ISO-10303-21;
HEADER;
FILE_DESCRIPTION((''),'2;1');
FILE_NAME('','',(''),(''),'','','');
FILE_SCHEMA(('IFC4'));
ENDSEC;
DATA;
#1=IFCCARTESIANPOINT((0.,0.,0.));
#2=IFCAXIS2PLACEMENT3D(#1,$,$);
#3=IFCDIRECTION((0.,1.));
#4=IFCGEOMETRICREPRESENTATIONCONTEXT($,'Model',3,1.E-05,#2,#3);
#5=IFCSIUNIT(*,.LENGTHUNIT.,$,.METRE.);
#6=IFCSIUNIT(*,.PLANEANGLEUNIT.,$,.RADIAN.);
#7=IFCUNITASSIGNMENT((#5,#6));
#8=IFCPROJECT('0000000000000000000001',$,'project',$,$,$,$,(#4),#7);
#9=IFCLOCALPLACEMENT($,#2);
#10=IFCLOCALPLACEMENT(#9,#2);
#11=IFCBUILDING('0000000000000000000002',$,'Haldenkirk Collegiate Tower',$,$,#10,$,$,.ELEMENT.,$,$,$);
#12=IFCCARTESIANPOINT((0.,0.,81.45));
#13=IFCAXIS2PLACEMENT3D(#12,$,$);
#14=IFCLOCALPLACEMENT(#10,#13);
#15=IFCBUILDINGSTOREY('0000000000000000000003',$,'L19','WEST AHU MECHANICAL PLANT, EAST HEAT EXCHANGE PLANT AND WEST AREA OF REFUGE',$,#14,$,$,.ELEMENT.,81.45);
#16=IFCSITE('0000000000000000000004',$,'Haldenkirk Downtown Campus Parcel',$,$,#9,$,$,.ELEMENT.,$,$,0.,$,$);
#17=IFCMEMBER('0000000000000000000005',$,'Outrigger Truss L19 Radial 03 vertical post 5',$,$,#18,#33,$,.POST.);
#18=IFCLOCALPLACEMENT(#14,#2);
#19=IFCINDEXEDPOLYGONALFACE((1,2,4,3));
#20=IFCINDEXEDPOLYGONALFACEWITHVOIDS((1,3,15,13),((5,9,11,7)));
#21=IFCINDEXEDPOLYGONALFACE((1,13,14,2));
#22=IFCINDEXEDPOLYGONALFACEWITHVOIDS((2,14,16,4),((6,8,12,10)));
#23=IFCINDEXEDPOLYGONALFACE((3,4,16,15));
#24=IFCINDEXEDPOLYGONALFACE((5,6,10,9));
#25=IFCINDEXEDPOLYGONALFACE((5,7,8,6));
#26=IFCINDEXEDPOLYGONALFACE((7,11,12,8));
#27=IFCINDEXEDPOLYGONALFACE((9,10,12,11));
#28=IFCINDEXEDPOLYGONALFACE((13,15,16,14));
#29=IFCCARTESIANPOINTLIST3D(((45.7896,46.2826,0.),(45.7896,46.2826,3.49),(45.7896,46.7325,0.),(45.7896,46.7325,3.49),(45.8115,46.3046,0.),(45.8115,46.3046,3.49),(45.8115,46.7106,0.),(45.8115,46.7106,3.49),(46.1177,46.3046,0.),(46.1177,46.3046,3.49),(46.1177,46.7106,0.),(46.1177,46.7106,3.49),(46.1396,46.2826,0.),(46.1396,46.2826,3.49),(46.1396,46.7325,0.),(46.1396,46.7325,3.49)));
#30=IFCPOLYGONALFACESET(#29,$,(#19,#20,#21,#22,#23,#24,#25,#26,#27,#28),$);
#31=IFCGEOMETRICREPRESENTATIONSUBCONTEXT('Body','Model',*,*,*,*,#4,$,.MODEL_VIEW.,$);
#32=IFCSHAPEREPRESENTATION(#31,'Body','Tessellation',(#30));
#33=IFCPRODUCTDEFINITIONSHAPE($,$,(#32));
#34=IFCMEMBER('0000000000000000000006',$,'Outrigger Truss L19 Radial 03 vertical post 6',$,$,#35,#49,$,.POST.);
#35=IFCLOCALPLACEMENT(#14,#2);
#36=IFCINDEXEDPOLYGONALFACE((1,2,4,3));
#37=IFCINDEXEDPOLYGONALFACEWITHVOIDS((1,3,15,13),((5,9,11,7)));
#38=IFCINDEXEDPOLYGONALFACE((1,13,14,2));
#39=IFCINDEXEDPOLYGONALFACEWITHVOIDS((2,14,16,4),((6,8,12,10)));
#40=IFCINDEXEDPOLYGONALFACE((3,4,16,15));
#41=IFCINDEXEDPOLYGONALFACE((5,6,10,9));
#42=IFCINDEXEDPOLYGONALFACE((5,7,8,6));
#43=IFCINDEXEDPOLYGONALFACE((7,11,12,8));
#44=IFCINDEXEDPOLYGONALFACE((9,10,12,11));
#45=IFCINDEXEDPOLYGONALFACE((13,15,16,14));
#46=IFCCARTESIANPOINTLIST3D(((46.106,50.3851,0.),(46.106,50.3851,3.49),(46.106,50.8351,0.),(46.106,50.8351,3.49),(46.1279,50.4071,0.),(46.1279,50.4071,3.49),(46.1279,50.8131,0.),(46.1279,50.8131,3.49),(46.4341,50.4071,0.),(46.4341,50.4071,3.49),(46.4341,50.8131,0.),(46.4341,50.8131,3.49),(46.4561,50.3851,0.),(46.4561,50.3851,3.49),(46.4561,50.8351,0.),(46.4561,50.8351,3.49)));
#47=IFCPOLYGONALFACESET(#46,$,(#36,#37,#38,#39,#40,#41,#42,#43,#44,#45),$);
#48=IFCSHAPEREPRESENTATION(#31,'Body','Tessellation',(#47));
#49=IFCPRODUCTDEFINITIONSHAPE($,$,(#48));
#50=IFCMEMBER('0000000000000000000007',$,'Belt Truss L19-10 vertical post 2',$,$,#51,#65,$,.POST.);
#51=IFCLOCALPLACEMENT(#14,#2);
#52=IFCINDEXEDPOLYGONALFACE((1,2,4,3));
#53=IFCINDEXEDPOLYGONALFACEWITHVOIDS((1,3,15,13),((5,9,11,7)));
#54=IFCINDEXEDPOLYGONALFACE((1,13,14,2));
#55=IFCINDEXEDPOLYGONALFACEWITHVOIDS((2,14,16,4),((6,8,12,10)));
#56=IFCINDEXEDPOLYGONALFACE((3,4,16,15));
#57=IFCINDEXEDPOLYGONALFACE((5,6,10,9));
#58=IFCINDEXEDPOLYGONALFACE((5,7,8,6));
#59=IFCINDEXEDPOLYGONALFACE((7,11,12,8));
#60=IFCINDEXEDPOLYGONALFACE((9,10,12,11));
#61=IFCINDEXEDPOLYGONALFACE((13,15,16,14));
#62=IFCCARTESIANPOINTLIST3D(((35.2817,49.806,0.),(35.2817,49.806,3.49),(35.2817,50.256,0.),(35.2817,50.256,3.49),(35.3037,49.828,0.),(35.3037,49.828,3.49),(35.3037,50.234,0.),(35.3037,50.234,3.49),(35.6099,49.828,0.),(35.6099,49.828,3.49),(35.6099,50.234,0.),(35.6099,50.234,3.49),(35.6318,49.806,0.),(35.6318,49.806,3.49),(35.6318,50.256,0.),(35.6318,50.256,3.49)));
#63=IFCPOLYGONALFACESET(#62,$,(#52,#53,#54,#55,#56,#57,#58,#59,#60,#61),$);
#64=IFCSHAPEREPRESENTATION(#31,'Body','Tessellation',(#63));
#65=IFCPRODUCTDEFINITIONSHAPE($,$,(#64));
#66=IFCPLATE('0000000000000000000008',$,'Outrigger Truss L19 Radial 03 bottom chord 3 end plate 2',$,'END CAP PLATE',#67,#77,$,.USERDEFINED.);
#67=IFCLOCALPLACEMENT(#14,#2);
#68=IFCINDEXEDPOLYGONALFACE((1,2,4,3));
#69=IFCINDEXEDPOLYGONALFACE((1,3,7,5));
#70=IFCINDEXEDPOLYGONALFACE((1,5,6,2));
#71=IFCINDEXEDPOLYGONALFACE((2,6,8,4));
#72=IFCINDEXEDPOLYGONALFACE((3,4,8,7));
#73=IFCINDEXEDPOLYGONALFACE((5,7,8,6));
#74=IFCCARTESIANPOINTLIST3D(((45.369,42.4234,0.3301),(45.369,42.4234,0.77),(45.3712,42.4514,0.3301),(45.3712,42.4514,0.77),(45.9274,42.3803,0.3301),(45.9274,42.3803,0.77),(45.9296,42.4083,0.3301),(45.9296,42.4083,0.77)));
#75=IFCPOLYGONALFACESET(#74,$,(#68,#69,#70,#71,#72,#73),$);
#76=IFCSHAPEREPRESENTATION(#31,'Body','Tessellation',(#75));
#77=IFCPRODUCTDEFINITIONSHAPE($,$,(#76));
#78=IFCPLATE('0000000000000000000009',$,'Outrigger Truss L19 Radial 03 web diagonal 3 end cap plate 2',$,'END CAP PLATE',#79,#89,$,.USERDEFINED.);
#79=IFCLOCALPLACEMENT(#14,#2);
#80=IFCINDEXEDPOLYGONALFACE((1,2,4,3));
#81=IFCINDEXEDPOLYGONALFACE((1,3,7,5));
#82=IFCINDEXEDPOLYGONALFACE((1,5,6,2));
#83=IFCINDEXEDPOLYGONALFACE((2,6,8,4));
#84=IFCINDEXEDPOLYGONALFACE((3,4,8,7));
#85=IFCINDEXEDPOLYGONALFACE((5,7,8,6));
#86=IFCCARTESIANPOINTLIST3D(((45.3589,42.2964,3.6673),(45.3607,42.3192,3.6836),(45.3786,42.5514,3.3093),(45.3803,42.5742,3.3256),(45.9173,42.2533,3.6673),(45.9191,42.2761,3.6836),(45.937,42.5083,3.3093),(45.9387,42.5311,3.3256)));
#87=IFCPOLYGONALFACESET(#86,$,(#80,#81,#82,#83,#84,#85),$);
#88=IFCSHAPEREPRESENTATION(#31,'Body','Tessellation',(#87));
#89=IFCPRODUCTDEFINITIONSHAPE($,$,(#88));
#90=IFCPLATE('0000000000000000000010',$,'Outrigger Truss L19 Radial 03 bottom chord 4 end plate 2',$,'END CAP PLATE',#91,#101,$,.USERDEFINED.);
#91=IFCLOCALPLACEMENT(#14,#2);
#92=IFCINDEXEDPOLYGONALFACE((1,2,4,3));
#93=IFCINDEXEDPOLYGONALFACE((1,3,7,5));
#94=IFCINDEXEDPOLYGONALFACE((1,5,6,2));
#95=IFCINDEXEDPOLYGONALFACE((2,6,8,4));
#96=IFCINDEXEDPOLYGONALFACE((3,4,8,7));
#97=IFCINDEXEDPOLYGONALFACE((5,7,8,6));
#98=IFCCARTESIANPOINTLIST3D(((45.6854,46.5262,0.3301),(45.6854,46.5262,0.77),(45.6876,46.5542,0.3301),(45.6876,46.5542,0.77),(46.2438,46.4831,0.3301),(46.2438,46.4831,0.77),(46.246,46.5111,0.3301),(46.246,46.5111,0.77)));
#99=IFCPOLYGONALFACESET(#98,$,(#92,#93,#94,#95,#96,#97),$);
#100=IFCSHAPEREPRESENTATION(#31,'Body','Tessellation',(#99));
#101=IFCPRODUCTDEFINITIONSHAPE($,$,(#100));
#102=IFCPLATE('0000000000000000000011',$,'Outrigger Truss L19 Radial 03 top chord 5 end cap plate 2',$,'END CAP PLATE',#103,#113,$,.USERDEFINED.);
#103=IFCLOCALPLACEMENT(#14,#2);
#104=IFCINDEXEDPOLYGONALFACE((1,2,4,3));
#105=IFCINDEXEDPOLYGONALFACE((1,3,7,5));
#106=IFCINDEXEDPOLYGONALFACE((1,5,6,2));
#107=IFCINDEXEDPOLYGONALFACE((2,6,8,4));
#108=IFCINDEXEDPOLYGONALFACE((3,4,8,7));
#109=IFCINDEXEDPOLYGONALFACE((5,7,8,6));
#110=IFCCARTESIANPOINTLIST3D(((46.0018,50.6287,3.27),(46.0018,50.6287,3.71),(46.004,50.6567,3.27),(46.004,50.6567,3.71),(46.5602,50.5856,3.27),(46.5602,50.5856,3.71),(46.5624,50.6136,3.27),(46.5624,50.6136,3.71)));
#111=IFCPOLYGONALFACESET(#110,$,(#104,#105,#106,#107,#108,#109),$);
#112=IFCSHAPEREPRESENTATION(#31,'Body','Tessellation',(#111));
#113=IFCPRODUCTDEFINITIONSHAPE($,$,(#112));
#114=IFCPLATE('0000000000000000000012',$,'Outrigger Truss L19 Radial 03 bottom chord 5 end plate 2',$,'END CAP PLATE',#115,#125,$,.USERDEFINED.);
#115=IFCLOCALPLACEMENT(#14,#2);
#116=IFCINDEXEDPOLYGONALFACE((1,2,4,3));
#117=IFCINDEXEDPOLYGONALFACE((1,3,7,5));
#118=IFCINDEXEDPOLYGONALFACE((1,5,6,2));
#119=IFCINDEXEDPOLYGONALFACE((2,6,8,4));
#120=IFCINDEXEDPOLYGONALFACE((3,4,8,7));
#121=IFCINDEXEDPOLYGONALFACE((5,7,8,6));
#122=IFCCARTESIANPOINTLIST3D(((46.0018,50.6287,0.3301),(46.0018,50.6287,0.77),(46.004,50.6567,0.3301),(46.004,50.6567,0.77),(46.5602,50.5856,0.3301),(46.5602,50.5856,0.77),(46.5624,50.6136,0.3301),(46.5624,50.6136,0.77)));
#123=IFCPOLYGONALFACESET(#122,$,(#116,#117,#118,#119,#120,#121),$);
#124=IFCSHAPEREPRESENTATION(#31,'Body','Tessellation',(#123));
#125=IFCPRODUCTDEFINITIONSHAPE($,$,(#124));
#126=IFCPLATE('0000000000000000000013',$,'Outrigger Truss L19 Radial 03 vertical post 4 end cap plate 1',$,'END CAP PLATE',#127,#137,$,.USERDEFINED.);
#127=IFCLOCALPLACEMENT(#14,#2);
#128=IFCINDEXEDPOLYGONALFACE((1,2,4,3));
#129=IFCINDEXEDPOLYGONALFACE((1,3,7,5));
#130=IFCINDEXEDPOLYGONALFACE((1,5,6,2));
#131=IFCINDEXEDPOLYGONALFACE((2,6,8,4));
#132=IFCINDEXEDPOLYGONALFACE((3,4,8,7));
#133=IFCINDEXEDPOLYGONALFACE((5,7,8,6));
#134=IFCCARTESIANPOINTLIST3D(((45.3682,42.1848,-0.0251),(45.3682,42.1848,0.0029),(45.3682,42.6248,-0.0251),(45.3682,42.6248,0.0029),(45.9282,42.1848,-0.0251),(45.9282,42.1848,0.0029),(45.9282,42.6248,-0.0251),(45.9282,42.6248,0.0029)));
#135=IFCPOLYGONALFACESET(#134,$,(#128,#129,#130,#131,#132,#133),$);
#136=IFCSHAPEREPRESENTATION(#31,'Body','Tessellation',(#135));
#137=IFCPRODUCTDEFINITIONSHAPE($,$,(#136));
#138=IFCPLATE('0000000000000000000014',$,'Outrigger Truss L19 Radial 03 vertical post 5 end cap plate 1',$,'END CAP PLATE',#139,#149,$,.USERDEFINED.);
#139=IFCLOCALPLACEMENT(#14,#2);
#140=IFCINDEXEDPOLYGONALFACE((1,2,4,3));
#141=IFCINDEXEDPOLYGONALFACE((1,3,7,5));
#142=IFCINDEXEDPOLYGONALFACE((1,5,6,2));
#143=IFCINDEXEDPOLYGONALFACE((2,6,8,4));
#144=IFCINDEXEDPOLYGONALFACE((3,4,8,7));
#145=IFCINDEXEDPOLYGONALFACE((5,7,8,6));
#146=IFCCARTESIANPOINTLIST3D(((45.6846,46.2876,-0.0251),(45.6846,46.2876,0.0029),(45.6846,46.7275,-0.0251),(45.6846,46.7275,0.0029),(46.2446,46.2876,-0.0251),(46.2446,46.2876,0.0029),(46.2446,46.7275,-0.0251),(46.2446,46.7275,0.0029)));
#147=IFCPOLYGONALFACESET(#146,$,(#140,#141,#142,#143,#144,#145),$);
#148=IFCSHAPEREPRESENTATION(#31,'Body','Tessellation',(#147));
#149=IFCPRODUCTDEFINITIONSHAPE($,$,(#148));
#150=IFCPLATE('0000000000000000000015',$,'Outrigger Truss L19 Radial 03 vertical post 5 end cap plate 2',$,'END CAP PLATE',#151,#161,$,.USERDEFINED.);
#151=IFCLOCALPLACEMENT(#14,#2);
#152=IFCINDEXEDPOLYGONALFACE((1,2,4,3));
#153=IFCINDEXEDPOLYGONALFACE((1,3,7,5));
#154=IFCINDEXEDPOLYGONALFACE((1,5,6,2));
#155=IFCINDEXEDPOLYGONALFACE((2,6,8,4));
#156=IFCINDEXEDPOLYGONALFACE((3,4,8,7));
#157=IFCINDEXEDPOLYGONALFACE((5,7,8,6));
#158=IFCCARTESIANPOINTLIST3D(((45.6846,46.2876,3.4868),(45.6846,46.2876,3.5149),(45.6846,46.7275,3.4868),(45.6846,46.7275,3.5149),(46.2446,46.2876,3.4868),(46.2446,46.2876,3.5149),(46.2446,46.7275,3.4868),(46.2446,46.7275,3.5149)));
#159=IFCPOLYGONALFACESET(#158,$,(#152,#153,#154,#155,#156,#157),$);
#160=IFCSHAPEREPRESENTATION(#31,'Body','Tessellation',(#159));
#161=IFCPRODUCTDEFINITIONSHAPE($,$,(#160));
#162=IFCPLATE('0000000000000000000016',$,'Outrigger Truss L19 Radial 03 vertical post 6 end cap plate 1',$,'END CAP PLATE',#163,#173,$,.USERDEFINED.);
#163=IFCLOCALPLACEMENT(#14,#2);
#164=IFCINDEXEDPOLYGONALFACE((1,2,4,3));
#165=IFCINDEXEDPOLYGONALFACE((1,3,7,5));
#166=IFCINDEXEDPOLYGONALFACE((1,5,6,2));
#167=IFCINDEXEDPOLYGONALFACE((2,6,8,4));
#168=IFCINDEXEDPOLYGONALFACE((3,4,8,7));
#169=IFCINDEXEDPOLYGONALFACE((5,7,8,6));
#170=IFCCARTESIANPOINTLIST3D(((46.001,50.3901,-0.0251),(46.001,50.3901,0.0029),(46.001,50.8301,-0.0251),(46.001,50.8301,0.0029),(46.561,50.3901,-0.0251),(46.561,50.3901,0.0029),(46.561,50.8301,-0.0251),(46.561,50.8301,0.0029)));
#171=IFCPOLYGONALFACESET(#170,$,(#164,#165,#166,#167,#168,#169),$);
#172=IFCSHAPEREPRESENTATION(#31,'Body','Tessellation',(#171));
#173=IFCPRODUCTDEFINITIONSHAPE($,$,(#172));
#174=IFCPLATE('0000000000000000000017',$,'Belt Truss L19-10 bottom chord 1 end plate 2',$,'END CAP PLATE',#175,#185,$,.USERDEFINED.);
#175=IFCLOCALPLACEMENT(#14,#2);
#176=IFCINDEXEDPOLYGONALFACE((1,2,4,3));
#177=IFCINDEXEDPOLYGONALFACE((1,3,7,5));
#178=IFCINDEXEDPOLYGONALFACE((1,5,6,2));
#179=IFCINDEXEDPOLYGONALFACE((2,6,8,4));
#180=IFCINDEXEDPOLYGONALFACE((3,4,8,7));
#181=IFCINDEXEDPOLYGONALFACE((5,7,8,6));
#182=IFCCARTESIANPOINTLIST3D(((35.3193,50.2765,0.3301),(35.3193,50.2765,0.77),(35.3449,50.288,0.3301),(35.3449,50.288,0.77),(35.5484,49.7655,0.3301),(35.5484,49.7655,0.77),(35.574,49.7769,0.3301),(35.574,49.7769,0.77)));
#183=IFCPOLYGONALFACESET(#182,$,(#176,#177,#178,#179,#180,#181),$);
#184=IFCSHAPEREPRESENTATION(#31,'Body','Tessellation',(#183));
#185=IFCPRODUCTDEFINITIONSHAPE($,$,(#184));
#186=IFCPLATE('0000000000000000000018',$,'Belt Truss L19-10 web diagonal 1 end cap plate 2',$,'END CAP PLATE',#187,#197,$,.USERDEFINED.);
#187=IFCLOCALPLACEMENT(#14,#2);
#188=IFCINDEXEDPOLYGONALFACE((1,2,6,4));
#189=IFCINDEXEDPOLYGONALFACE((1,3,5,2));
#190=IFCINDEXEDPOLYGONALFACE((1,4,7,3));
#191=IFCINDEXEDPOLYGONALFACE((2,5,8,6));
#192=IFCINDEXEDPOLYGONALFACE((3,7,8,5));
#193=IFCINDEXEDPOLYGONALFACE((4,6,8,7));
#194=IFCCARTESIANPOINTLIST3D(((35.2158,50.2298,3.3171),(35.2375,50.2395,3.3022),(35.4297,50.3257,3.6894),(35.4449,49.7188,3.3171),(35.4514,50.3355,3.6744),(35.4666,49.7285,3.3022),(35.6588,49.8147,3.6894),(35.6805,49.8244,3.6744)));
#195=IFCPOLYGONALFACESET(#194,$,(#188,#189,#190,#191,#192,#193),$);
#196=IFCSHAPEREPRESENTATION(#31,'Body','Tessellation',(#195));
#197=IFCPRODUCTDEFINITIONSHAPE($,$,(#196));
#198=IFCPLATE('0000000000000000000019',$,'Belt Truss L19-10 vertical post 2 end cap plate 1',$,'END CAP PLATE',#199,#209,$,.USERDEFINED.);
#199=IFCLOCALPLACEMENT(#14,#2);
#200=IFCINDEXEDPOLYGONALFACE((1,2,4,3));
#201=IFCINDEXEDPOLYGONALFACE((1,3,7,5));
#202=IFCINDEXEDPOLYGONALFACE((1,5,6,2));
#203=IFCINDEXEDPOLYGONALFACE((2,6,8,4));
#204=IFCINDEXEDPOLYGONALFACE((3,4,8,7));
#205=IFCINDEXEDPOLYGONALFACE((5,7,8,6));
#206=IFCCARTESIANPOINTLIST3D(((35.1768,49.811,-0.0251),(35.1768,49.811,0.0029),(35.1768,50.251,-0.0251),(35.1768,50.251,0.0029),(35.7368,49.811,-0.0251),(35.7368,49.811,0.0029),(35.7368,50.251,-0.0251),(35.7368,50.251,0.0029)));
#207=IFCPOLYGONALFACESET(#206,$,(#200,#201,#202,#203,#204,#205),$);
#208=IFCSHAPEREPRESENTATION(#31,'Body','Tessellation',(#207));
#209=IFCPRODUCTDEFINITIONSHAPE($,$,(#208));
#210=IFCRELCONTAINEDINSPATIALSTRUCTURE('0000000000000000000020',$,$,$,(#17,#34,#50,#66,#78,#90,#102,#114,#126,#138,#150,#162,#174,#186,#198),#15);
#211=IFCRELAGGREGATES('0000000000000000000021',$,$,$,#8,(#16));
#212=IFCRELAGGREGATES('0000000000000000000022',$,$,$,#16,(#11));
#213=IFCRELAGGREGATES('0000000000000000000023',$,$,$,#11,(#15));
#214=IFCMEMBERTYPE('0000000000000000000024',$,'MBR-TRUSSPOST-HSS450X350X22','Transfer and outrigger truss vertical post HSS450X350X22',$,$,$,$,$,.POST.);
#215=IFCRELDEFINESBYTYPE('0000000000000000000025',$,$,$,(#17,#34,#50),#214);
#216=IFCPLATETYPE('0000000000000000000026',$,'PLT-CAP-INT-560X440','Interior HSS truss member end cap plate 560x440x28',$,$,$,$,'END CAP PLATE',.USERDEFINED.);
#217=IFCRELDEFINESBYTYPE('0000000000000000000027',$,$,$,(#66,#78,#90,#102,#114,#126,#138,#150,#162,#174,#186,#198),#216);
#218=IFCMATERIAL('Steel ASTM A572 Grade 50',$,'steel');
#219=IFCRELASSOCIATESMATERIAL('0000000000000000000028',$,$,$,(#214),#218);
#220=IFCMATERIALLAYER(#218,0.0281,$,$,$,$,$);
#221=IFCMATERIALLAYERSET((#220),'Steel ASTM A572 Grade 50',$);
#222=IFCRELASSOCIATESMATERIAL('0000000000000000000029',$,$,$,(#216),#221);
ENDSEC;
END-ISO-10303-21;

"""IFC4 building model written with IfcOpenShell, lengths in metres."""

from ifc_helpers import new_model, si_unit, direction, frame, origin, origin_2d, place, context, subcontext, project, spatial, rectangle, hollow_rectangle, extrude, source, transform, mapped, material, layer, layer_set, material_profile, profile_set, type_object, element, save


model = new_model("IFC4")

# Units and contexts
model_context = context("Model", 3, precision=1e-05, world=origin(), true_north=direction((0.0, 1.0)))
body_context = subcontext(model_context, "Body", "Model", "MODEL_VIEW")
ifc_project = project(units=[si_unit("LENGTHUNIT", "METRE"), si_unit("PLANEANGLEUNIT", "RADIAN")], contexts=[model_context])

# Site, building, storey
site_placement = place(None, origin())
site = spatial("IfcSite", under=ifc_project, at=site_placement, Name="Haldenkirk Downtown Campus Parcel", CompositionType="ELEMENT", RefElevation=0.0)
building_placement = place(site_placement, origin())
building = spatial("IfcBuilding", under=site, at=building_placement, Name="Haldenkirk Collegiate Tower", CompositionType="ELEMENT")
storey_placement = place(building_placement, frame((0.0, 0.0, 81.45)))
storey = spatial("IfcBuildingStorey", under=building, at=storey_placement, Name="L19", Description="WEST AHU MECHANICAL PLANT, EAST HEAT EXCHANGE PLANT AND WEST AREA OF REFUGE", CompositionType="ELEMENT", Elevation=81.45)

# Members
ifc_material_1 = material(Name="Steel ASTM A572 Grade 50", Category="steel")
ifc_material_profile_1 = material_profile(ifc_material_1, hollow_rectangle(XDim=0.3501, YDim=0.45, WallThickness=0.022, at=origin_2d()), Name="HSS450X350X22")
ifc_profile_set_1 = profile_set([ifc_material_profile_1], Name="Steel ASTM A572 Grade 50")
member_type_1 = type_object("IfcMemberType", Name="MBR-TRUSSPOST-HSS450X350X22", Description="Transfer and outrigger truss vertical post HSS450X350X22", PredefinedType="POST", material=ifc_profile_set_1)
for number, where, z_axis, x_axis, name in (
    (1, (45.9646, 46.5076, 0.0), (0.0, 0.0, 1.0), (1.0, 0.0, 0.0), "Outrigger Truss L19 Radial 03 vertical post 5"),
    (2, (46.281, 50.6101, 0.0), (0.0, 0.0, 1.0), (1.0, 0.0, 0.0), "Outrigger Truss L19 Radial 03 vertical post 6"),
    (3, (35.4568, 50.031, 0.0), (0.0, 0.0, 1.0), (1.0, 0.0, 0.0), "Belt Truss L19-10 vertical post 2"),
):
    element("IfcMember", number, at=place(storey_placement, frame(where, z_axis=z_axis, x_axis=x_axis)), inside=storey, type_object=member_type_1, Name=name, PredefinedType="POST", context=body_context, shape_type="SweptSolid", body=[
        extrude(hollow_rectangle(XDim=0.3501, YDim=0.45, WallThickness=0.022, at=origin_2d()), origin(), (0.0, 0.0, 1.0), 3.49),
    ])

# Plates
ifc_layer = layer(ifc_material_1, 0.0281)
ifc_layer_set = layer_set([ifc_layer], Name="Steel ASTM A572 Grade 50")
plate_type = type_object("IfcPlateType", Name="PLT-CAP-INT-560X440", Description="Interior HSS truss member end cap plate 560x440x28", ElementType="END CAP PLATE", PredefinedType="USERDEFINED", material=ifc_layer_set)
shared_shape = source(origin(), body_context, "Body", "SweptSolid", [
    extrude(rectangle(XDim=0.5601, YDim=0.4399, at=origin_2d()), origin(), (0.0, 0.0, 1.0), 0.0281),
])
for number, where, z_axis, x_axis, name in (
    (4, (45.6482, 42.4019, 0.55), (0.076898, 0.997039, 0.0), (-0.997039, 0.076898, 0.0), "Outrigger Truss L19 Radial 03 bottom chord 3 end plate 2"),
    (5, (45.6479, 42.4023, 3.4883), (0.062583, 0.811249, 0.581342), (-0.997038, 0.076916, 0.0), "Outrigger Truss L19 Radial 03 web diagonal 3 end cap plate 2"),
    (6, (45.9646, 46.5046, 0.55), (0.076898, 0.997039, 0.0), (-0.997039, 0.076898, 0.0), "Outrigger Truss L19 Radial 03 bottom chord 4 end plate 2"),
    (7, (46.281, 50.6072, 3.49), (0.076892, 0.997039, 0.0), (-0.997039, 0.076892, 0.0), "Outrigger Truss L19 Radial 03 top chord 5 end cap plate 2"),
    (8, (46.281, 50.6072, 0.55), (0.076898, 0.997039, 0.0), (-0.997039, 0.076898, 0.0), "Outrigger Truss L19 Radial 03 bottom chord 5 end plate 2"),
    (9, (45.6482, 42.4048, 0.0029), (0.0, 0.0, -1.0), (1.0, 0.0, 0.0), "Outrigger Truss L19 Radial 03 vertical post 4 end cap plate 1"),
    (10, (45.9646, 46.5076, 0.0029), (0.0, 0.0, -1.0), (1.0, 0.0, 0.0), "Outrigger Truss L19 Radial 03 vertical post 5 end cap plate 1"),
    (11, (45.9646, 46.5076, 3.4868), (0.0, 0.0, 1.0), (1.0, 0.0, 0.0), "Outrigger Truss L19 Radial 03 vertical post 5 end cap plate 2"),
    (12, (46.281, 50.6101, 0.0029), (0.0, 0.0, -1.0), (1.0, 0.0, 0.0), "Outrigger Truss L19 Radial 03 vertical post 6 end cap plate 1"),
    (13, (35.4595, 50.0325, 0.55), (-0.912479, -0.409124, 0.0), (0.409124, -0.912479, 0.0), "Belt Truss L19-10 bottom chord 1 end plate 2"),
    (14, (35.459, 50.032, 3.4883), (-0.772106, -0.346184, 0.532925), (0.409122, -0.91248, 0.0), "Belt Truss L19-10 web diagonal 1 end cap plate 2"),
    (15, (35.4568, 50.031, 0.0029), (0.0, 0.0, -1.0), (1.0, 0.0, 0.0), "Belt Truss L19-10 vertical post 2 end cap plate 1"),
):
    element("IfcPlate", number, at=place(storey_placement, frame(where, z_axis=z_axis, x_axis=x_axis)), inside=storey, type_object=plate_type, Name=name, ObjectType="END CAP PLATE", PredefinedType="USERDEFINED", context=body_context, shape_type="MappedRepresentation", body=[
        mapped(shared_shape, transform((0.0, 0.0, 0.0), x_axis=(1.0, 0.0, 0.0), y_axis=(0.0, 1.0, 0.0), z_axis=(0.0, 0.0, 1.0), scale=1.0)),
    ])

save(model, "model.ifc")
